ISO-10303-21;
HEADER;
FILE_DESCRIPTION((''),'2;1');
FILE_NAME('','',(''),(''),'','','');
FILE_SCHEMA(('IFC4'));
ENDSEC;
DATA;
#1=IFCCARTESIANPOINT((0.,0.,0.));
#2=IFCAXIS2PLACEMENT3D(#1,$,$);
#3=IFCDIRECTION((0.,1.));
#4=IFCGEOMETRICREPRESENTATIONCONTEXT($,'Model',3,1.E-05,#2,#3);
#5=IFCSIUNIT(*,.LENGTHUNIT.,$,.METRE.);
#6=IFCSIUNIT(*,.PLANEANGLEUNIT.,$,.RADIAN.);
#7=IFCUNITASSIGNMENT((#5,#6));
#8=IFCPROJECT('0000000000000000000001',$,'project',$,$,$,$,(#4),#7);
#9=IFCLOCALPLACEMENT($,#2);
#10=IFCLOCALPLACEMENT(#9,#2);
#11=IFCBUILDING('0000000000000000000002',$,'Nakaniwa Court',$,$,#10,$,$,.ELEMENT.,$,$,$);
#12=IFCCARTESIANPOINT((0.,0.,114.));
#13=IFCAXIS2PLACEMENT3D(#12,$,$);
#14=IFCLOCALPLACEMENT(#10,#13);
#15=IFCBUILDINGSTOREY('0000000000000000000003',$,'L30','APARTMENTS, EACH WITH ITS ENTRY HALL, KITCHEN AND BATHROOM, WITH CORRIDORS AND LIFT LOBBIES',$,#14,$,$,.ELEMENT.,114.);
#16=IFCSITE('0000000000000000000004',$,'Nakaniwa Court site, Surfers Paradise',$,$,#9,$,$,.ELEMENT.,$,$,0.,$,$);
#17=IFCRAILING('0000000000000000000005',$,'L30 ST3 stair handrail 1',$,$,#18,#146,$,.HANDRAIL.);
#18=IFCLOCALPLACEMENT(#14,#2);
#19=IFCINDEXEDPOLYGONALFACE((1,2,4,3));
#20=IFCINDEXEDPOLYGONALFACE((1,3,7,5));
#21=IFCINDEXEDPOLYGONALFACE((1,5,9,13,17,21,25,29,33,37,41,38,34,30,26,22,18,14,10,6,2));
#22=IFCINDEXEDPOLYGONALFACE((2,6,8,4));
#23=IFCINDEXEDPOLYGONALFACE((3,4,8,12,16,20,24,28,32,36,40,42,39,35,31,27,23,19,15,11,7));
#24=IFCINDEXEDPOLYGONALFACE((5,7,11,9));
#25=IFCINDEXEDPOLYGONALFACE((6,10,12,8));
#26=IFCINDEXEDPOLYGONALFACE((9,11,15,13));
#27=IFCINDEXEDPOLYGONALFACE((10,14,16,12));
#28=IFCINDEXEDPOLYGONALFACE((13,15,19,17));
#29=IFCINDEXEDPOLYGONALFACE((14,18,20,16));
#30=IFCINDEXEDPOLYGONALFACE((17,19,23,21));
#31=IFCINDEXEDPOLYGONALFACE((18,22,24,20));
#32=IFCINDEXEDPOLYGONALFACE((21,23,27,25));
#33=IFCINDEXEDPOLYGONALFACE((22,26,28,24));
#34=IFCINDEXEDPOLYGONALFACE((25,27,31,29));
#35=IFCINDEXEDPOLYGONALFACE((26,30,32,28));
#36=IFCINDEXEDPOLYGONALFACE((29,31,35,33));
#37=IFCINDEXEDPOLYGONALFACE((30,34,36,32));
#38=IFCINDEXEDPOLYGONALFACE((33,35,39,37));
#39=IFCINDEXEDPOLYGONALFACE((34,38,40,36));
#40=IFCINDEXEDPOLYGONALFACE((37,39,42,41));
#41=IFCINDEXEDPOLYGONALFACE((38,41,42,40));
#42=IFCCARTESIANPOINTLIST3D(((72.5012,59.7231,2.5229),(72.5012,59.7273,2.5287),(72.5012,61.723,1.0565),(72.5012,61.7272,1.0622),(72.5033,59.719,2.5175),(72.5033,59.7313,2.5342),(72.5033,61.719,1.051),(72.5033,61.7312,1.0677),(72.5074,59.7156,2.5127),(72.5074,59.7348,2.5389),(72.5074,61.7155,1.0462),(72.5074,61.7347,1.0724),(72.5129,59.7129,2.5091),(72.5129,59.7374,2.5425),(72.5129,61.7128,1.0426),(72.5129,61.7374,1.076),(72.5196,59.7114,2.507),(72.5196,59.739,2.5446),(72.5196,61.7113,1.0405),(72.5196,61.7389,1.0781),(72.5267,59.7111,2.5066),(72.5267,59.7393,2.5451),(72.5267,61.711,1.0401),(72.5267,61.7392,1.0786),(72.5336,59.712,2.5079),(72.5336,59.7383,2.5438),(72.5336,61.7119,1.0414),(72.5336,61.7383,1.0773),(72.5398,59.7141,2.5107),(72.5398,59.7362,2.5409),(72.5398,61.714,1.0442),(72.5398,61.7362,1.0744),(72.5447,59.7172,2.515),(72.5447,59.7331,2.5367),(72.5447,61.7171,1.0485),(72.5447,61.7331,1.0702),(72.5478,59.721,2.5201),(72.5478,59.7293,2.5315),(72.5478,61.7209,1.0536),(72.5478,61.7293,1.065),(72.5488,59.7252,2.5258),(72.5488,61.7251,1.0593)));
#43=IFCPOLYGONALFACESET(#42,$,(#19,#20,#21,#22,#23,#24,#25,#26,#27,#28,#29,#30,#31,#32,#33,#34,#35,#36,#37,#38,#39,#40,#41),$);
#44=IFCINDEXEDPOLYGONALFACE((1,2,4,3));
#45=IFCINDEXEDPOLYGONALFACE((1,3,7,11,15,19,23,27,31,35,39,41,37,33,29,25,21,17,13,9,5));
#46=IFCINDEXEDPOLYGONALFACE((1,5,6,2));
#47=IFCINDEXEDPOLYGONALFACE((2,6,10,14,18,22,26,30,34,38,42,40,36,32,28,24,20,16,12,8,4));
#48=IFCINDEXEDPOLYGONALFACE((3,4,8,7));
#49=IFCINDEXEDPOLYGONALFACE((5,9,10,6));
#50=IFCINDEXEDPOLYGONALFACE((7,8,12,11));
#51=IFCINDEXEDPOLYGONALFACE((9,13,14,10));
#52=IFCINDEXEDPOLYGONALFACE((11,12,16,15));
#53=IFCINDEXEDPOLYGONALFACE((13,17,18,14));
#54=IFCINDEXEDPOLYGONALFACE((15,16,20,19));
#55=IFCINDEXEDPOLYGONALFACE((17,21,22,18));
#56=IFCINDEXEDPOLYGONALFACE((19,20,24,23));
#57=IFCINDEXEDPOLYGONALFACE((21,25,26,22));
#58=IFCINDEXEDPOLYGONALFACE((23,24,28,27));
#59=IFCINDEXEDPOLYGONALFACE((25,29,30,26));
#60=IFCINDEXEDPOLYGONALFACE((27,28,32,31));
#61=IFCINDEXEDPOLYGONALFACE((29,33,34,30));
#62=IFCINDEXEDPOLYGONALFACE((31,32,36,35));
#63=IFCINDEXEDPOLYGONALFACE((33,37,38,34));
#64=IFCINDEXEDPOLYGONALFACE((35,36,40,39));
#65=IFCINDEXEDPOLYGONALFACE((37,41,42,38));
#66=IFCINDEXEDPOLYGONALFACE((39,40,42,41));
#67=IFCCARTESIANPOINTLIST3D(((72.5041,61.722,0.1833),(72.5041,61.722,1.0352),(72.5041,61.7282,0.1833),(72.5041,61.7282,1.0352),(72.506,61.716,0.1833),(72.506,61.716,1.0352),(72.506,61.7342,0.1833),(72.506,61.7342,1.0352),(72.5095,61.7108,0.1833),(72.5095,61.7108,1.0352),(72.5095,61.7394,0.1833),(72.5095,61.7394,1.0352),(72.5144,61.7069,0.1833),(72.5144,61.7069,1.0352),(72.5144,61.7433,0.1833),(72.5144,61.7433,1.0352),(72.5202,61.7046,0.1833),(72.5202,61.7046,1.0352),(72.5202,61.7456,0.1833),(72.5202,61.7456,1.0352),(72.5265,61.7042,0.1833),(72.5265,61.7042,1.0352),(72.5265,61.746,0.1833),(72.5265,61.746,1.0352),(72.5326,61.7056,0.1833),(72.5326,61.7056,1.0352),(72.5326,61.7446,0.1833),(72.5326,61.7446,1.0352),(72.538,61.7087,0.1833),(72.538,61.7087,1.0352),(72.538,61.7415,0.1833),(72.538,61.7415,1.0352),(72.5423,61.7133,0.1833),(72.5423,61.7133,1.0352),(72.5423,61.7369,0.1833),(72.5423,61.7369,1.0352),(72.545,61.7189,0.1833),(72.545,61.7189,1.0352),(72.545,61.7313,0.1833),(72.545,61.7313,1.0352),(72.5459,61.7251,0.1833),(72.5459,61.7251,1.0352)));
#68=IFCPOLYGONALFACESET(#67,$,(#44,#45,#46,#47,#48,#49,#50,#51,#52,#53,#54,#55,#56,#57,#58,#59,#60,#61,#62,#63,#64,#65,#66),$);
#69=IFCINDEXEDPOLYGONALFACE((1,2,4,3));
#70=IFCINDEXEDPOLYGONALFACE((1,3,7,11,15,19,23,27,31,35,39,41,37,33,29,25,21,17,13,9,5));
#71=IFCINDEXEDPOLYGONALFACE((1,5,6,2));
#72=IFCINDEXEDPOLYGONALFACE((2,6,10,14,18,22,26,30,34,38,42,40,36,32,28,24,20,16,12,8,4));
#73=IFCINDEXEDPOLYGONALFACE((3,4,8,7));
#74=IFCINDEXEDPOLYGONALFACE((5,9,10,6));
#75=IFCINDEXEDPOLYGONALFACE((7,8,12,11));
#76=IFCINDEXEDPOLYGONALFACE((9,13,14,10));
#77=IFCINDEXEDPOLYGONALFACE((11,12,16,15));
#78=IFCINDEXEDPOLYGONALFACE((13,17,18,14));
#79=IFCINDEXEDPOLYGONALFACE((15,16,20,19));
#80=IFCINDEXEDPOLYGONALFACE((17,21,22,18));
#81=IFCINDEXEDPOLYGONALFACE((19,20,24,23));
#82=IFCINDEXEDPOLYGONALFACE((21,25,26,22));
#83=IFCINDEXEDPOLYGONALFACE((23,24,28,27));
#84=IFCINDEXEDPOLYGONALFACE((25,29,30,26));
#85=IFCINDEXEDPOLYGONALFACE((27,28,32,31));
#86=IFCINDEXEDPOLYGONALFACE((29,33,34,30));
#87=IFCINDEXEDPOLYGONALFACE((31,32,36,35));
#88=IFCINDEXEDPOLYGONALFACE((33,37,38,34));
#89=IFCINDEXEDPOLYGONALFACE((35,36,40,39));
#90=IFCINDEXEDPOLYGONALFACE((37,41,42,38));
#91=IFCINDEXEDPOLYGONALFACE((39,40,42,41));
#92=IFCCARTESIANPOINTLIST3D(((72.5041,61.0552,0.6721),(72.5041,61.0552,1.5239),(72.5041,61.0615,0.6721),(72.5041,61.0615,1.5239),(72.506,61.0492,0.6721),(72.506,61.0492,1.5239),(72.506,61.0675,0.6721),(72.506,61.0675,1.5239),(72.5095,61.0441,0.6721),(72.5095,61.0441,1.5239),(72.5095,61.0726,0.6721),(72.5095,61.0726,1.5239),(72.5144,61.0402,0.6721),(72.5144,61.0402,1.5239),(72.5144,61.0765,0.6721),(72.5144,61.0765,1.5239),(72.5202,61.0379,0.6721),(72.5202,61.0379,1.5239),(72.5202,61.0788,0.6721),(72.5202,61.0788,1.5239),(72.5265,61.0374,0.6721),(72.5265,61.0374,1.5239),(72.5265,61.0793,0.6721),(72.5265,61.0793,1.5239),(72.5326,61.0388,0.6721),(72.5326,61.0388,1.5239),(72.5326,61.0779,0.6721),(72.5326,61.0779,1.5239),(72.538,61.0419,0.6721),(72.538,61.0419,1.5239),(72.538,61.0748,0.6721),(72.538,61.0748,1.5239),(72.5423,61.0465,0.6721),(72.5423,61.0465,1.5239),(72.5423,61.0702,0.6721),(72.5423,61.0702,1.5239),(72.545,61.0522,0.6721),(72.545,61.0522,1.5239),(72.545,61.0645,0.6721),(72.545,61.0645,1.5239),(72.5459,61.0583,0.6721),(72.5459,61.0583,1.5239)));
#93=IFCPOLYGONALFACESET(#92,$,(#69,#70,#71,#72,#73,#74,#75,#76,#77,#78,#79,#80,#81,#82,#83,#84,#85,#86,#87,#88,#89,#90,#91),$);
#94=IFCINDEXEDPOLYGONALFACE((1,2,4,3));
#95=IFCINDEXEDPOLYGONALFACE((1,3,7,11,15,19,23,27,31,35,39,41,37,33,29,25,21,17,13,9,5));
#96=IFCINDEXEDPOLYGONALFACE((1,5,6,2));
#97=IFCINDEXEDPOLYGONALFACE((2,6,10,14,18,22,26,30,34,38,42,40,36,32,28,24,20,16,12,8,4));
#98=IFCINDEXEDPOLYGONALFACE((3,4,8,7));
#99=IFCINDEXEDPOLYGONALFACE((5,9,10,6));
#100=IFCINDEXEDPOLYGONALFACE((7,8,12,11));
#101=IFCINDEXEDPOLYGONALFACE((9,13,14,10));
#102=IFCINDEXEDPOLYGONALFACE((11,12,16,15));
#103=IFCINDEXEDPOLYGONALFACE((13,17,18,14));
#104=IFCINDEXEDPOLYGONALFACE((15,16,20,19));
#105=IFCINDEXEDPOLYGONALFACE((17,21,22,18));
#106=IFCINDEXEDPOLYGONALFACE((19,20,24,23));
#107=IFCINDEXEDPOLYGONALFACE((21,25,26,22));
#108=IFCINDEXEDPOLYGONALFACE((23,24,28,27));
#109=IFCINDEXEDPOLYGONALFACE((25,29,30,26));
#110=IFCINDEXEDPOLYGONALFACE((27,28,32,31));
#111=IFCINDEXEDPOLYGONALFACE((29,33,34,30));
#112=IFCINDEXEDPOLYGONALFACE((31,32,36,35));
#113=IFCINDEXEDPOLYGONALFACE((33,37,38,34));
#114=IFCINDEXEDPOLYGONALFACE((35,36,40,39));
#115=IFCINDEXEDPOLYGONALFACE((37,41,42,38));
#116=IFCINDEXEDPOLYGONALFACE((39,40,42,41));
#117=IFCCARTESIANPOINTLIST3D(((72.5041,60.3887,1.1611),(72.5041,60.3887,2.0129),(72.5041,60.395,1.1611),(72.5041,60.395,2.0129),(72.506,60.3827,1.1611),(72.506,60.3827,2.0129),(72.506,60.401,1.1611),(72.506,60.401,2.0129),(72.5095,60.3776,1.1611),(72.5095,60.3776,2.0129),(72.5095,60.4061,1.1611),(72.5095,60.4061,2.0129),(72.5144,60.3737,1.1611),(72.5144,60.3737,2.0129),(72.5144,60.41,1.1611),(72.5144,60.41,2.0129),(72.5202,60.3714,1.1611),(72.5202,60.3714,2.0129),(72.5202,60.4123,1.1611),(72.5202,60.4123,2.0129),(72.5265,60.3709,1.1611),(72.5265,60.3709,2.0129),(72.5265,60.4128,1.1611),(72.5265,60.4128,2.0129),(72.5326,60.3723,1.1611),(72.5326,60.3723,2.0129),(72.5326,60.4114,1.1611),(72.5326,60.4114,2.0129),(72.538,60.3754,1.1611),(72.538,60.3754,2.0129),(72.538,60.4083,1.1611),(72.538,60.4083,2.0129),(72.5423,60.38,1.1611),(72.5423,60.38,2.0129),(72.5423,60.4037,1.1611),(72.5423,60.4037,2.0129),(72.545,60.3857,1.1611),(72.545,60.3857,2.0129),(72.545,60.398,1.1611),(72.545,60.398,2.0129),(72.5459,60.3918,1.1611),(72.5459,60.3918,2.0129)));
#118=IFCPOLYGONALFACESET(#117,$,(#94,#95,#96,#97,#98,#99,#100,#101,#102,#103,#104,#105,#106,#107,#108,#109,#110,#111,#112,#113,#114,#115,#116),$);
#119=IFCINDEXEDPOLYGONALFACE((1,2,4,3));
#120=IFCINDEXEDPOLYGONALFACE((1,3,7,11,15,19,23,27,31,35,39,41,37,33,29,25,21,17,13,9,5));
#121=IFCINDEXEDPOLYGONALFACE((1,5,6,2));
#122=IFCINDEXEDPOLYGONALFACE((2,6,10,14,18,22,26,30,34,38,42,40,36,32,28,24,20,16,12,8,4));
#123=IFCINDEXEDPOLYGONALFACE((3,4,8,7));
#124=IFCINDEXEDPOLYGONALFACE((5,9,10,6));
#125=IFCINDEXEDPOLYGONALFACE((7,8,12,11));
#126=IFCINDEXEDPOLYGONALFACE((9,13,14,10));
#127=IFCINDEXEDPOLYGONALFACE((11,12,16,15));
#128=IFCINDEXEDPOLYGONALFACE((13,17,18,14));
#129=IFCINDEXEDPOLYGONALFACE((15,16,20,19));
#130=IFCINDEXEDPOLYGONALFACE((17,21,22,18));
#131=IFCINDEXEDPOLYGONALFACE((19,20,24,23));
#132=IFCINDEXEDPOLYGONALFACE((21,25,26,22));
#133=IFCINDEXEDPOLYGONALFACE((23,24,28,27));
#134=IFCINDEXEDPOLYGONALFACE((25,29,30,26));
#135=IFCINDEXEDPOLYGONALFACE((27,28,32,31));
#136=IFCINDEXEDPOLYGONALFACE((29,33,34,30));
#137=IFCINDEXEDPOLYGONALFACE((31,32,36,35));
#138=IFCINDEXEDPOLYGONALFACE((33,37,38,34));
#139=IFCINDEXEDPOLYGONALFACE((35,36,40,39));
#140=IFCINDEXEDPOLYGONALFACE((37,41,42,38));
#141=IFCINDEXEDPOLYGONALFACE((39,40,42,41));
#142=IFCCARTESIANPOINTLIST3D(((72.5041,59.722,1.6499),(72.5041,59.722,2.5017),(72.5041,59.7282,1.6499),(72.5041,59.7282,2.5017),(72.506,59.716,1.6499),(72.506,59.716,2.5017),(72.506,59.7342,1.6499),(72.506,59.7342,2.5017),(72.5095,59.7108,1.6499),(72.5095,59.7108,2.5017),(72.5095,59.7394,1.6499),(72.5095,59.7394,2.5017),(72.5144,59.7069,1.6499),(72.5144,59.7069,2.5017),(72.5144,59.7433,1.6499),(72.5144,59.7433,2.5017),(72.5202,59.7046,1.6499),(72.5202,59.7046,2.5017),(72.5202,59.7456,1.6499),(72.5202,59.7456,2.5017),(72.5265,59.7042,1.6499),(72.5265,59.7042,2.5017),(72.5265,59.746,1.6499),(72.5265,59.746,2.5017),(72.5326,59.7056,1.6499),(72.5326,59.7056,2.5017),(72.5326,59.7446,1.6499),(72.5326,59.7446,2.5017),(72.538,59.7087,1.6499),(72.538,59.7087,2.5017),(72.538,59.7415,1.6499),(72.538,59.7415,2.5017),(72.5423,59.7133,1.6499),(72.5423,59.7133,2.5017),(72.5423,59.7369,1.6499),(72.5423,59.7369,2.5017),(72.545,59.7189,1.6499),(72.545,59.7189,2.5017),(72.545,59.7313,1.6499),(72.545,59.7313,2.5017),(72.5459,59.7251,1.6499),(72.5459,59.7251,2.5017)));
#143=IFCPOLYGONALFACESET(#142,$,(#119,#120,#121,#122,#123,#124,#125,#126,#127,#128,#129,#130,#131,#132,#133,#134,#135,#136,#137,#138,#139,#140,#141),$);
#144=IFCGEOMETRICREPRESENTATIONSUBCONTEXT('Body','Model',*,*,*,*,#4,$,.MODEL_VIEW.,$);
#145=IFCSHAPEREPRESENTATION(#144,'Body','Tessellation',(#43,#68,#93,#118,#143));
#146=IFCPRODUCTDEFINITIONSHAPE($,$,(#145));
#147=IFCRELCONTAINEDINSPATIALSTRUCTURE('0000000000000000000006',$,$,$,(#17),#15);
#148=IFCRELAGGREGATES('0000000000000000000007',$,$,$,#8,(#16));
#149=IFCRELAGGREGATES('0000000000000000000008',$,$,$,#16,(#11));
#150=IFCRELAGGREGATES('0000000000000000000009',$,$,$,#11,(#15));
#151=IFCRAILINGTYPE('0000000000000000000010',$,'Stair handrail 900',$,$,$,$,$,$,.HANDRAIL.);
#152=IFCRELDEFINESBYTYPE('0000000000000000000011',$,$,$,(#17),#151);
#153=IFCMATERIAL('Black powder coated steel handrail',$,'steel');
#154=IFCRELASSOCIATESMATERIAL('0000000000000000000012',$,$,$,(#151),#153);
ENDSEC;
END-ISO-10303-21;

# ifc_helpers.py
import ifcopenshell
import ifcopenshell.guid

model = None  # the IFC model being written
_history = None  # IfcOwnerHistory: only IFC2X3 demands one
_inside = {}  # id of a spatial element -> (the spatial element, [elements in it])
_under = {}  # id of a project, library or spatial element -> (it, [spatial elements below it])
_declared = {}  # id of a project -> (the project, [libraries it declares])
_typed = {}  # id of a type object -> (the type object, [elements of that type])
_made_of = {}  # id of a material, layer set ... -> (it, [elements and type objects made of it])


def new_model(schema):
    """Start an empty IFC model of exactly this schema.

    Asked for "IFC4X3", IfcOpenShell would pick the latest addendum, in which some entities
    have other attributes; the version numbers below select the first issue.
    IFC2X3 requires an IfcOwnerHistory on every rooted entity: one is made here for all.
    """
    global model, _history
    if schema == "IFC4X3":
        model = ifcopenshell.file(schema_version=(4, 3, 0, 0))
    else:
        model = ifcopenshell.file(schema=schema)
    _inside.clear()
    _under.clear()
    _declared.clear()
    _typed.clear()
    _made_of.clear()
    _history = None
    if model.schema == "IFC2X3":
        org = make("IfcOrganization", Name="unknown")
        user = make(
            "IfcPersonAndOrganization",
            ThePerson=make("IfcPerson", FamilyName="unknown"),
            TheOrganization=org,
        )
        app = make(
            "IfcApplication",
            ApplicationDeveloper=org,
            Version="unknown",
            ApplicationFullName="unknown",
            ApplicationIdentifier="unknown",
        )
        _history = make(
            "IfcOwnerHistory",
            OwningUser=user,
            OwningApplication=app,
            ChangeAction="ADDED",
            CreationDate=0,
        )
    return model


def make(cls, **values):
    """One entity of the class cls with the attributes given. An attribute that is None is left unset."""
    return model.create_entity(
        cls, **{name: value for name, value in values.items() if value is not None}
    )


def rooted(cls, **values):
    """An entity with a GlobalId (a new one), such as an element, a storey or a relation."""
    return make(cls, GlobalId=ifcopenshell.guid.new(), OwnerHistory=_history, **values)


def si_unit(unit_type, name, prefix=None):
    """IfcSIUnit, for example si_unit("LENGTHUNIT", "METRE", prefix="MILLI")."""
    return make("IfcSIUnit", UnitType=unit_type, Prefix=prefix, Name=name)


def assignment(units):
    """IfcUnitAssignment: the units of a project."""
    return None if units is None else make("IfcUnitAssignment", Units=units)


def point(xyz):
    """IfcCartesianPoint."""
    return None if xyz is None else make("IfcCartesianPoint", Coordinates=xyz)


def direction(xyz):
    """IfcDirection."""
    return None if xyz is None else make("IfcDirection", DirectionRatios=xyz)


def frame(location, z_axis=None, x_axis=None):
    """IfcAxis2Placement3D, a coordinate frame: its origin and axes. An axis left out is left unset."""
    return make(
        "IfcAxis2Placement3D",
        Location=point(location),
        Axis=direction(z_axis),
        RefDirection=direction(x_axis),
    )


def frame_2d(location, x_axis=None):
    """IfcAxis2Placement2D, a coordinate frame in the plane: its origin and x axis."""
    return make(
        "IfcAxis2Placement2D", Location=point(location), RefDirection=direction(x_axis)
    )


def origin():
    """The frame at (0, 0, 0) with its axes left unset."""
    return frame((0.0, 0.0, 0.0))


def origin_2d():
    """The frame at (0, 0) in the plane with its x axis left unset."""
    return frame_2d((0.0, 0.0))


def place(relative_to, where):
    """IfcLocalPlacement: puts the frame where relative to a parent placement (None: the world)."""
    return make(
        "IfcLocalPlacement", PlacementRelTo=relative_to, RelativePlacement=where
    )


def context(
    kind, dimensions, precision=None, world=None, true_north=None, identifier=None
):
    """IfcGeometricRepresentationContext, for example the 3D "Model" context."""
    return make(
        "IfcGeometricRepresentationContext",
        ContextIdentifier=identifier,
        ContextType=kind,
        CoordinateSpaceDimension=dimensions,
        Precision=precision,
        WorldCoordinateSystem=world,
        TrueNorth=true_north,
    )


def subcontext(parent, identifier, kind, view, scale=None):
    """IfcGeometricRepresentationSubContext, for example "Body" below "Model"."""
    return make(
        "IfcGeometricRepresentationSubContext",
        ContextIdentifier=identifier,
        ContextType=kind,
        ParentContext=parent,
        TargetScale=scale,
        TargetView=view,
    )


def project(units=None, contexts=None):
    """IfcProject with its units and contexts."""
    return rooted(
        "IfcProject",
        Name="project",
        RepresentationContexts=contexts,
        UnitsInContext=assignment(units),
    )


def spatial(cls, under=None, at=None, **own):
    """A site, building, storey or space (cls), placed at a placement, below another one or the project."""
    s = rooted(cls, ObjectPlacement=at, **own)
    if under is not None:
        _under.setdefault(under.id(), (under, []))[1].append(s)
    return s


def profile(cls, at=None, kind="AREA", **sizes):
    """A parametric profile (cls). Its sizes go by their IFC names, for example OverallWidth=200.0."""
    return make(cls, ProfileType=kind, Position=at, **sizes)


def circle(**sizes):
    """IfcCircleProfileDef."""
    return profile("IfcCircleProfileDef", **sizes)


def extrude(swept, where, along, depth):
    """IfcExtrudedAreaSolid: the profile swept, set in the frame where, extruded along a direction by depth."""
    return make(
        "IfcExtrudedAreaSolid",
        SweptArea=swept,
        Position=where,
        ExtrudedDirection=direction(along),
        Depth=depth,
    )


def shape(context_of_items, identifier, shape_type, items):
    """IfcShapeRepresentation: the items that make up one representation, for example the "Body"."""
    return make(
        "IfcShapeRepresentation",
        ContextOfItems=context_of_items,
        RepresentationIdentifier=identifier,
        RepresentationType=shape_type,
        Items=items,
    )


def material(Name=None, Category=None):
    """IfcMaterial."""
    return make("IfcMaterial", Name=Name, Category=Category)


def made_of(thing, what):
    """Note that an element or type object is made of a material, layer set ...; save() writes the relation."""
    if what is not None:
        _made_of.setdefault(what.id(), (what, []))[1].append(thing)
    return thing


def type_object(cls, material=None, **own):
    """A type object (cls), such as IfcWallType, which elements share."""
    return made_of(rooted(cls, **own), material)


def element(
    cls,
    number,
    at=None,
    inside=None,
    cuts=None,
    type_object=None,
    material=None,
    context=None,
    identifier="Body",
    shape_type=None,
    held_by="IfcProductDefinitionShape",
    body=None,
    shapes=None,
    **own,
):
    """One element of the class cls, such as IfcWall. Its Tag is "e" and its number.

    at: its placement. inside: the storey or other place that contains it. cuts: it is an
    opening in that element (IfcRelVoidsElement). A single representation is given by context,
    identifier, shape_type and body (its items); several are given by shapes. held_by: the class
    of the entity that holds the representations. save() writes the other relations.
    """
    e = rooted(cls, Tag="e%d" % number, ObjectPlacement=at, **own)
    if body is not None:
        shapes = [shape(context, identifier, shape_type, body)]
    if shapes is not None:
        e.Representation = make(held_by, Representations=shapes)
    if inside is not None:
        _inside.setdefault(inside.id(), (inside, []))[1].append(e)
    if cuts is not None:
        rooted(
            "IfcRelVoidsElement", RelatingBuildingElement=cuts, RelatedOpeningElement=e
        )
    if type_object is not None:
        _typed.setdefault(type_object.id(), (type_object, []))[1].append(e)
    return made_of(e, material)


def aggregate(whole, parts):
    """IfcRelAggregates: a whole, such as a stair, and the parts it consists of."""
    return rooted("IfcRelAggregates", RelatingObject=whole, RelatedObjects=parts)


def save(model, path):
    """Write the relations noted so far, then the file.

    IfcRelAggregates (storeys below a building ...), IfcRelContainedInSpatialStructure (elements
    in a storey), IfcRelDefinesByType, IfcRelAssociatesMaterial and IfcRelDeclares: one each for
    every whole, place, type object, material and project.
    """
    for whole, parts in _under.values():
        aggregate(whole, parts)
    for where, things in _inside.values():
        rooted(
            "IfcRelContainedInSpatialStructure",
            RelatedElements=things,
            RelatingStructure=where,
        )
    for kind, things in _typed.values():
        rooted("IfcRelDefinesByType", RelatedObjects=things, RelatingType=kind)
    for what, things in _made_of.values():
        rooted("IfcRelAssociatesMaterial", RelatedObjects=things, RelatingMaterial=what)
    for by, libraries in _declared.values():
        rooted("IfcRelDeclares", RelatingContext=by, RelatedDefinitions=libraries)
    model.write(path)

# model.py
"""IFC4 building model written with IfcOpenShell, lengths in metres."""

from ifc_helpers import new_model, si_unit, direction, frame, origin, origin_2d, place, context, subcontext, project, spatial, circle, extrude, material, type_object, element, save


model = new_model("IFC4")

# Units and contexts
model_context = context("Model", 3, precision=1e-05, world=origin(), true_north=direction((0.0, 1.0)))
body_context = subcontext(model_context, "Body", "Model", "MODEL_VIEW")
ifc_project = project(units=[si_unit("LENGTHUNIT", "METRE"), si_unit("PLANEANGLEUNIT", "RADIAN")], contexts=[model_context])

# Site, building, storey
site_placement = place(None, origin())
site = spatial("IfcSite", under=ifc_project, at=site_placement, Name="Nakaniwa Court site, Surfers Paradise", CompositionType="ELEMENT", RefElevation=0.0)
building_placement = place(site_placement, origin())
building = spatial("IfcBuilding", under=site, at=building_placement, Name="Nakaniwa Court", CompositionType="ELEMENT")
storey_placement = place(building_placement, frame((0.0, 0.0, 114.0)))
storey = spatial("IfcBuildingStorey", under=building, at=storey_placement, Name="L30", Description="APARTMENTS, EACH WITH ITS ENTRY HALL, KITCHEN AND BATHROOM, WITH CORRIDORS AND LIFT LOBBIES", CompositionType="ELEMENT", Elevation=114.0)

# Railing
ifc_material_1 = material(Name="Black powder coated steel handrail", Category="steel")
railing_type_1 = type_object("IfcRailingType", Name="Stair handrail 900", PredefinedType="HANDRAIL", material=ifc_material_1)
railing_1_placement = place(storey_placement, frame((72.5249, 61.7251, 0.1833)))
element("IfcRailing", 1, at=railing_1_placement, inside=storey, type_object=railing_type_1, Name="L30 ST3 stair handrail 1", PredefinedType="HANDRAIL", context=body_context, shape_type="SweptSolid", body=[
    extrude(circle(Radius=0.0239, at=origin_2d()), frame((0.0, 0.0, 0.876), z_axis=(0.0, -0.806427, 0.591334), x_axis=(1.0, 0.0, 0.0)), (0.0, 0.0, 1.0), 2.48),
    extrude(circle(Radius=0.021, at=origin_2d()), origin(), (0.0, 0.0, 1.0), 0.8518),
    extrude(circle(Radius=0.021, at=origin_2d()), frame((0.0, -0.6667, 0.4888)), (0.0, 0.0, 1.0), 0.8518),
    extrude(circle(Radius=0.021, at=origin_2d()), frame((0.0, -1.3333, 0.9778)), (0.0, 0.0, 1.0), 0.8518),
    extrude(circle(Radius=0.021, at=origin_2d()), frame((0.0, -2.0, 1.4666)), (0.0, 0.0, 1.0), 0.8518),
])

save(model, "model.ifc")
